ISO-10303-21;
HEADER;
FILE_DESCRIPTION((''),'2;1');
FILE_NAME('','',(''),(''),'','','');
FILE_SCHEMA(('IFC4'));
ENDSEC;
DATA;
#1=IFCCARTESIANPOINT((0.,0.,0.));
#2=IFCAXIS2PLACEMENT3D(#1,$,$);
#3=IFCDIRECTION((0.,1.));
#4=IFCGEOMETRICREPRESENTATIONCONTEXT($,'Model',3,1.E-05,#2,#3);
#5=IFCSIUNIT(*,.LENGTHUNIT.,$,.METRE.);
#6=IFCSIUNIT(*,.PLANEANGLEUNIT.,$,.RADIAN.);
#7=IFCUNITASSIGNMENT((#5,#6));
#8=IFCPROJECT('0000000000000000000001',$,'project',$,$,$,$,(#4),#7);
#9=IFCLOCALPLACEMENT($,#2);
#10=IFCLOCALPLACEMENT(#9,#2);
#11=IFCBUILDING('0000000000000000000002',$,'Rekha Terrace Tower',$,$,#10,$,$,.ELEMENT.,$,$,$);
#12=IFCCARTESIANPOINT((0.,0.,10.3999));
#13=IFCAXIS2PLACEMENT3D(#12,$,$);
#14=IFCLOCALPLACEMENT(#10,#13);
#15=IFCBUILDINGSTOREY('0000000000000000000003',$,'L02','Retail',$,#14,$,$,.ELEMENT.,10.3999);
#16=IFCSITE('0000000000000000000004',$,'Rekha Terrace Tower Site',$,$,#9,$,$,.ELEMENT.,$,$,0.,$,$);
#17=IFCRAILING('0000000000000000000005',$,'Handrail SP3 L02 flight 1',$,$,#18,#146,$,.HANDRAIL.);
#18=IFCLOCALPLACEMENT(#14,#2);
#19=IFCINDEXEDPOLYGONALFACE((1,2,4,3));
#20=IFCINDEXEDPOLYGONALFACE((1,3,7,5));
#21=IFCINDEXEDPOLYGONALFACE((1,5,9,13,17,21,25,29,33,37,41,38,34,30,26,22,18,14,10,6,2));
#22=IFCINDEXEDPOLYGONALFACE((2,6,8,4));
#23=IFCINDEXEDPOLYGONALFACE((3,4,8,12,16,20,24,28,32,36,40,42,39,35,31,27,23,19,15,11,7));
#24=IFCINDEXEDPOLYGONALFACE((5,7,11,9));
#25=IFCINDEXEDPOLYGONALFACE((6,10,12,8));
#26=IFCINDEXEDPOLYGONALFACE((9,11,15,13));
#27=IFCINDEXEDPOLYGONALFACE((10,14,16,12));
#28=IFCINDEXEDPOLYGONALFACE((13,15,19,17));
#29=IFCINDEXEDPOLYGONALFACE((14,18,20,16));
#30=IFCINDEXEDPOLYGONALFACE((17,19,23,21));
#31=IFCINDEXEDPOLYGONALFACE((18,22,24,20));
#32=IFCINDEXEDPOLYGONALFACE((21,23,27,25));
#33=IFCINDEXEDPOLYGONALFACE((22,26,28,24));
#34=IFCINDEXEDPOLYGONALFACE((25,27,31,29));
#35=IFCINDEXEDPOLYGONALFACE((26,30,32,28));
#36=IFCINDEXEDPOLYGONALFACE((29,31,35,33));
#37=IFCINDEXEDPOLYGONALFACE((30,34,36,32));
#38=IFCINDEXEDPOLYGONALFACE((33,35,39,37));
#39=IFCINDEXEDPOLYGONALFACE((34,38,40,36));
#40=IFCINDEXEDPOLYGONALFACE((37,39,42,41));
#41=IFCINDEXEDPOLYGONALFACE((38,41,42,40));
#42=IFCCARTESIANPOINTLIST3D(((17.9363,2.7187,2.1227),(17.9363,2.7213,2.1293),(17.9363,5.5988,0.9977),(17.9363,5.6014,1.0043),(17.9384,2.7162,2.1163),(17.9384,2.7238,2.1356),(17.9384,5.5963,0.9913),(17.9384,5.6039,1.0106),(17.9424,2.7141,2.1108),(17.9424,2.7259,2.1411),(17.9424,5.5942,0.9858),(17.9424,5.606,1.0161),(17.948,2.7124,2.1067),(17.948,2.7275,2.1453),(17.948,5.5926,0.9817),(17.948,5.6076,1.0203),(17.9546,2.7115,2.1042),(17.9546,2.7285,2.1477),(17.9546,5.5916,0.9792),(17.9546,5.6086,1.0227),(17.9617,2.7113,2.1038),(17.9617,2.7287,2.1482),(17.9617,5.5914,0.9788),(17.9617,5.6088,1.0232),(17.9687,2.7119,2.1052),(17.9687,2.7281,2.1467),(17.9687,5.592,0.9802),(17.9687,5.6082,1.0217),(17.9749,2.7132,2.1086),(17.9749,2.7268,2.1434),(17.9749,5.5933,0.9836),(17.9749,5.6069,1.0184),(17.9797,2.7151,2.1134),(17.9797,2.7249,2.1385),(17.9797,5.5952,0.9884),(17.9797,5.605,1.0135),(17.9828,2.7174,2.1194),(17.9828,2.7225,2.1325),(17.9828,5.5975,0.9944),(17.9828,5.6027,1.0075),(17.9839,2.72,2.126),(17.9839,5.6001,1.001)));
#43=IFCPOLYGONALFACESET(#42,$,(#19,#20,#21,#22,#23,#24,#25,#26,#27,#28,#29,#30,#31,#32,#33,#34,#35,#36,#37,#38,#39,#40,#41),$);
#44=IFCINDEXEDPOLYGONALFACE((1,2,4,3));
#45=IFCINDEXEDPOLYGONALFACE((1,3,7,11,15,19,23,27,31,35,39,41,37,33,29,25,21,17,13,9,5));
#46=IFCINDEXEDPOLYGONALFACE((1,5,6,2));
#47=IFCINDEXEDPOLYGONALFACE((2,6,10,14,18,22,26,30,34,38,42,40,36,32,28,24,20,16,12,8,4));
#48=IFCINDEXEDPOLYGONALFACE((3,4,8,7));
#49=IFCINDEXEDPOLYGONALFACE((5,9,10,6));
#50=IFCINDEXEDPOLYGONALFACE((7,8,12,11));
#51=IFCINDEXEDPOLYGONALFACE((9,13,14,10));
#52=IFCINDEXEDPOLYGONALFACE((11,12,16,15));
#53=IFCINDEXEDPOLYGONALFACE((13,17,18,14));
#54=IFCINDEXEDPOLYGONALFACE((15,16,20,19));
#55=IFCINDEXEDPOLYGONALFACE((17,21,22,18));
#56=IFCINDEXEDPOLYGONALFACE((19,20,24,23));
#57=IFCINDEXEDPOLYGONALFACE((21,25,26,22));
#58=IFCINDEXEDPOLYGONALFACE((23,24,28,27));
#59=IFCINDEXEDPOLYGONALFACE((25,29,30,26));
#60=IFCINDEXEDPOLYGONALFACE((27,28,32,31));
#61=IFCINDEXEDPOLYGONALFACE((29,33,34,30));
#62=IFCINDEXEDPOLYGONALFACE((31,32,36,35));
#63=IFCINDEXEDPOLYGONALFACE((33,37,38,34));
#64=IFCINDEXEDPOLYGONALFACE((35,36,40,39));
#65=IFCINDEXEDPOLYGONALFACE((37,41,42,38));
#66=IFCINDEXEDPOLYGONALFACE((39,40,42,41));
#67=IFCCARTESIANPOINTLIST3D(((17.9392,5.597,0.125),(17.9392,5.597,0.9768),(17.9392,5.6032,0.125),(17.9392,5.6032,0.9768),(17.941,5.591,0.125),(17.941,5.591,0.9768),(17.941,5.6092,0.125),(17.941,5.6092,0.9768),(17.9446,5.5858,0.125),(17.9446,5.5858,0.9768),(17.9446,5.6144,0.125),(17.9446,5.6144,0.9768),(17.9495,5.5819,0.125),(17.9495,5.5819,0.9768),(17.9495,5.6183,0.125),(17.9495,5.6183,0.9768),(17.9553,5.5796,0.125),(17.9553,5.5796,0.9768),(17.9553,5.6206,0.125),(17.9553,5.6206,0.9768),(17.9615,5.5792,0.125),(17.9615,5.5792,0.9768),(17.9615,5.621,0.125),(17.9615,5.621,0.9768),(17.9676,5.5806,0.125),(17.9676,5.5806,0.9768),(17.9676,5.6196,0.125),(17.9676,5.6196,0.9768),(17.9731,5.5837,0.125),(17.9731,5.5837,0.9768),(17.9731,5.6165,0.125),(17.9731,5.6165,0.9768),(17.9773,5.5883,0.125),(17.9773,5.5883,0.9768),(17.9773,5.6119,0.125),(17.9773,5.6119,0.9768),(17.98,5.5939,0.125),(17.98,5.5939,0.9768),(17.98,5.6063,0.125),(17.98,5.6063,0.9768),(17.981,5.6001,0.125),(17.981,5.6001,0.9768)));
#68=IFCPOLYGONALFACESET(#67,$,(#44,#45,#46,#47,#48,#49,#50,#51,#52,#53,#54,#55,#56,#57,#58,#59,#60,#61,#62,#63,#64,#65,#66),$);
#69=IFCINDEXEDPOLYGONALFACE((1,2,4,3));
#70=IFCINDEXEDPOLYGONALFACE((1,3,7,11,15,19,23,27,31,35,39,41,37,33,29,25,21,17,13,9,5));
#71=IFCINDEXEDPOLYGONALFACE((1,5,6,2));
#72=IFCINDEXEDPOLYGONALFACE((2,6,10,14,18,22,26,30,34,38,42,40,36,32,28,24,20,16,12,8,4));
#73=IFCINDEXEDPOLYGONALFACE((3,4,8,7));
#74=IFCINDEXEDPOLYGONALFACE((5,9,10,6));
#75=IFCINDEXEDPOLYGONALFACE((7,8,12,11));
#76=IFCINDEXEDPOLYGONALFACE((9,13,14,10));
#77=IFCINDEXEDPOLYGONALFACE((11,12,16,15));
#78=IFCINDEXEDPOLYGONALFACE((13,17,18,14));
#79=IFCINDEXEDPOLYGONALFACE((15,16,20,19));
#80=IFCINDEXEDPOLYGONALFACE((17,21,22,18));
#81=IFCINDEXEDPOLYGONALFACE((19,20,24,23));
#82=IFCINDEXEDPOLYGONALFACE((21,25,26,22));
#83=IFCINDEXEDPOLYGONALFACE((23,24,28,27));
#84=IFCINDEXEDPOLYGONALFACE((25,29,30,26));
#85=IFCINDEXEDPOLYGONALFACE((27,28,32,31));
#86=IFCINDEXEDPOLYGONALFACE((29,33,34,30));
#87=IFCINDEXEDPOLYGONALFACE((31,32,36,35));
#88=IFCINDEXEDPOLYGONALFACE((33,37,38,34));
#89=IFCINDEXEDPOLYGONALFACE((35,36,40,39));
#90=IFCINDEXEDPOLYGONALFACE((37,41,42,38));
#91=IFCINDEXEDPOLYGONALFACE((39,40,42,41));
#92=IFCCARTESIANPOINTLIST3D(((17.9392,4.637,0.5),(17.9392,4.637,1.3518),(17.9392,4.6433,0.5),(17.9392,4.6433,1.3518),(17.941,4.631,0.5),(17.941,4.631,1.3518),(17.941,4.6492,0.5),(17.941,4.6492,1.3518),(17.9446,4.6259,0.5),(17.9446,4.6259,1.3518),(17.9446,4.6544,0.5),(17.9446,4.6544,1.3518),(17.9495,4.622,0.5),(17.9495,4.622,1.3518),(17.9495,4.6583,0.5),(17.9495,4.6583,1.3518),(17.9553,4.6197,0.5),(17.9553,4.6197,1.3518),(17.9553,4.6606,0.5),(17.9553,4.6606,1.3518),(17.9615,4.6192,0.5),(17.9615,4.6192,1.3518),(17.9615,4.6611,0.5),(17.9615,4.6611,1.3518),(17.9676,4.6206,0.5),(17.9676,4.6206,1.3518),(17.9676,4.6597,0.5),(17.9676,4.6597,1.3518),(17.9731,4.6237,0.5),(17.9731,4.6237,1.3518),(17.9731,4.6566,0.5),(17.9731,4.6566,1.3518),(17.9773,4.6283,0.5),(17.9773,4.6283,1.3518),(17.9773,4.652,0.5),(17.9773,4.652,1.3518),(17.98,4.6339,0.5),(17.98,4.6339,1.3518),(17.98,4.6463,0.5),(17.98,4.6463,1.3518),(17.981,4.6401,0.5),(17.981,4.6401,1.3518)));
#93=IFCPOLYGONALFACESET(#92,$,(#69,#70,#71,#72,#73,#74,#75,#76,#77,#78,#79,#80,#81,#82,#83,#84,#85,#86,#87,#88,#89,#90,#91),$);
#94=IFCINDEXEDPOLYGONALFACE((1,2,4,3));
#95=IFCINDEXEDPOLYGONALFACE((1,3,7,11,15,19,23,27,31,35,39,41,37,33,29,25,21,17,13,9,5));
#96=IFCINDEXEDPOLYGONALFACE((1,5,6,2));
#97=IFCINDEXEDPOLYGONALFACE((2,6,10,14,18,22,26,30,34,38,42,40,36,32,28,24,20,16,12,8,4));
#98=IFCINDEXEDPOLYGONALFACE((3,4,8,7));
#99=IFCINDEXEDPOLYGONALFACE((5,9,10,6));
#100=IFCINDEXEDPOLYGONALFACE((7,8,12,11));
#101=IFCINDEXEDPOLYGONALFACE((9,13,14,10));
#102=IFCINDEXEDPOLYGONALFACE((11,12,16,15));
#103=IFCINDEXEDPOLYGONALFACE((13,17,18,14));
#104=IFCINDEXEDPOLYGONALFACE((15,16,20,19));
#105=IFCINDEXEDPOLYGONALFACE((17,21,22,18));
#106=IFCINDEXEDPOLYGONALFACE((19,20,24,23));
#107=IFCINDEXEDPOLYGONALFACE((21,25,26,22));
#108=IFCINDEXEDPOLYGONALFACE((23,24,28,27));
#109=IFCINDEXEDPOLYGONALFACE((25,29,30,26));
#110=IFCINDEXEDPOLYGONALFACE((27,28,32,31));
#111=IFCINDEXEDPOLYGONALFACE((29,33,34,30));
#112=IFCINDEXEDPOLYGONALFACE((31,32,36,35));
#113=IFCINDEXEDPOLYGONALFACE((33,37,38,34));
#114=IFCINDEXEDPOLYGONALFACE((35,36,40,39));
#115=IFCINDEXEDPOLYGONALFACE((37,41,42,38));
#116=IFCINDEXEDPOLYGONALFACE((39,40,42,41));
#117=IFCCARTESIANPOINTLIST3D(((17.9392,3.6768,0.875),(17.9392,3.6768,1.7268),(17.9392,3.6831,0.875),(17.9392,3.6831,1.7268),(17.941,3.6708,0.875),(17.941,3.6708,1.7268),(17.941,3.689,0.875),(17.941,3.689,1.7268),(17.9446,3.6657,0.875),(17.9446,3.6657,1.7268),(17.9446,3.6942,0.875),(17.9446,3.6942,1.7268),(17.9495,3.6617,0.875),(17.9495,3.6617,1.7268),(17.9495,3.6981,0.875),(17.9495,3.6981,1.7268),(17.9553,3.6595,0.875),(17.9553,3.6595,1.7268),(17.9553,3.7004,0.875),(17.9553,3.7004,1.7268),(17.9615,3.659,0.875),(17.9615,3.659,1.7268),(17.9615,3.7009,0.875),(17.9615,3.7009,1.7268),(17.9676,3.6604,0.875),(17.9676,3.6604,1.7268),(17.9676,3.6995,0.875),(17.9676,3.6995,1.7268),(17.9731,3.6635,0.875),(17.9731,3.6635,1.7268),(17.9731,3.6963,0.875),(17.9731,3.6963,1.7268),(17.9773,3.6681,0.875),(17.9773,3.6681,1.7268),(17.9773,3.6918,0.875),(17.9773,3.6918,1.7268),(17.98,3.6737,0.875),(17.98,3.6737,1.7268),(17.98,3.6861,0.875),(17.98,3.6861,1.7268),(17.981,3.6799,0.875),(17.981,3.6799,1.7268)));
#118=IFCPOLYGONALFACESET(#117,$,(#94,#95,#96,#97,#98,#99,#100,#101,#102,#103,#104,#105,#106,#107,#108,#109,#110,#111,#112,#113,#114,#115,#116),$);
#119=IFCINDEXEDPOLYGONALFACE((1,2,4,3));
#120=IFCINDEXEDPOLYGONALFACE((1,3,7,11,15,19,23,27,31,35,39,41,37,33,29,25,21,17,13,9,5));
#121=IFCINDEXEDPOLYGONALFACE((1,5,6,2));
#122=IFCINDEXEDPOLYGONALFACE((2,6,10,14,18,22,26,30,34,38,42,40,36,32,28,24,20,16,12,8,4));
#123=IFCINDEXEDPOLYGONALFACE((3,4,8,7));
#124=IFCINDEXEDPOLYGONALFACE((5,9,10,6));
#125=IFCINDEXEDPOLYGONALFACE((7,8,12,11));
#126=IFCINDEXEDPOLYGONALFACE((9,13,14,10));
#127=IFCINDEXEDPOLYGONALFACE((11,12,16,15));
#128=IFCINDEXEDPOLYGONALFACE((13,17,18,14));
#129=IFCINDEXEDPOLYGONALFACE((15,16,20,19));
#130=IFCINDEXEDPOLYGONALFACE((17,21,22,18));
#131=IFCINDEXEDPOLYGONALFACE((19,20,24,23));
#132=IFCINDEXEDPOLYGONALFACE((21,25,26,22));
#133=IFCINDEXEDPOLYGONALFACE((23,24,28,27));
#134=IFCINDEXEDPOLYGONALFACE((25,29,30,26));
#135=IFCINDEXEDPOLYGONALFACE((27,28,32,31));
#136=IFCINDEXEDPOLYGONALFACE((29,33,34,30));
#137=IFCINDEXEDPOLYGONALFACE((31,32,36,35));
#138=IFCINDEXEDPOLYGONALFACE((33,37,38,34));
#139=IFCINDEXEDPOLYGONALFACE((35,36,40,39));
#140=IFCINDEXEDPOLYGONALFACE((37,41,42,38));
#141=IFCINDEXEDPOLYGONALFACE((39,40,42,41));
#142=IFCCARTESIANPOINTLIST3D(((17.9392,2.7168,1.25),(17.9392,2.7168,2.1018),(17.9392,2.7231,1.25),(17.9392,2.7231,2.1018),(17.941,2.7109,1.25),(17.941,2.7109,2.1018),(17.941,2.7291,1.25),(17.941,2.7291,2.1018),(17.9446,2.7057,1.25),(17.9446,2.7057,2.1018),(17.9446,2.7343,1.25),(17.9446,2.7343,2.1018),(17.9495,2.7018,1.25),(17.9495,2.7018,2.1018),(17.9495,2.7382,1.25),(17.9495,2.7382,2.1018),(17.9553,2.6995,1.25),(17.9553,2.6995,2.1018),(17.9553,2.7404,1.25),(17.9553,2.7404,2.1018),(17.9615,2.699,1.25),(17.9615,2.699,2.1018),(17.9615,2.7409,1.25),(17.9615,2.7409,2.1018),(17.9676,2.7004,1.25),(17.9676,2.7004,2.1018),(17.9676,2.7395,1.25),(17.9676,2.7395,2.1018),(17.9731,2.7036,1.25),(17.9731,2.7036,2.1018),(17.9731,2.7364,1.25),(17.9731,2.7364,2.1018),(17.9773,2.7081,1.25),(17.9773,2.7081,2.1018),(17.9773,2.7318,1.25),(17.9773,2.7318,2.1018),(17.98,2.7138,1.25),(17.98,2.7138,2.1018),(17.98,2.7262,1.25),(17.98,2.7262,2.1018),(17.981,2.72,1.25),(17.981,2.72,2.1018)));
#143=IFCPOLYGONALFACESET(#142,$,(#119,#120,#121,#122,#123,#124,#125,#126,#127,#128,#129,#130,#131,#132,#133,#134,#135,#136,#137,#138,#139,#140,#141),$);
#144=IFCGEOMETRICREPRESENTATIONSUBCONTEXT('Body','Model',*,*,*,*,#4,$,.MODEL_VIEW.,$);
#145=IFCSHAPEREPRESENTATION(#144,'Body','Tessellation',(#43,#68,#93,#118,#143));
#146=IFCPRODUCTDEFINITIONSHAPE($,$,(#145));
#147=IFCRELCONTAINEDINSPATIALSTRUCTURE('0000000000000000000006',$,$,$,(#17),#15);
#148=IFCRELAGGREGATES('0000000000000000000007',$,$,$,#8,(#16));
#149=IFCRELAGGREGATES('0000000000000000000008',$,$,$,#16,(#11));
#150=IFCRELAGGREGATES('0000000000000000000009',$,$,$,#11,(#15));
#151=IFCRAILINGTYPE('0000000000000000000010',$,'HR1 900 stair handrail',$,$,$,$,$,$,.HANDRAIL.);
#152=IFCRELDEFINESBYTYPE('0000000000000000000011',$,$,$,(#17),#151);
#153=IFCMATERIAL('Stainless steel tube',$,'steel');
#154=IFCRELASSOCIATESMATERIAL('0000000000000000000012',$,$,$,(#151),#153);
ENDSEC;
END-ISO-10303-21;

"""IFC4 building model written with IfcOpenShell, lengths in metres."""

from ifc_helpers import new_model, si_unit, direction, frame, origin, origin_2d, place, context, subcontext, project, spatial, circle, extrude, material, type_object, element, save


model = new_model("IFC4")

# Units and contexts
model_context = context("Model", 3, precision=1e-05, world=origin(), true_north=direction((0.0, 1.0)))
body_context = subcontext(model_context, "Body", "Model", "MODEL_VIEW")
ifc_project = project(units=[si_unit("LENGTHUNIT", "METRE"), si_unit("PLANEANGLEUNIT", "RADIAN")], contexts=[model_context])

# Site, building, storey
site_placement = place(None, origin())
site = spatial("IfcSite", under=ifc_project, at=site_placement, Name="Rekha Terrace Tower Site", CompositionType="ELEMENT", RefElevation=0.0)
building_placement = place(site_placement, origin())
building = spatial("IfcBuilding", under=site, at=building_placement, Name="Rekha Terrace Tower", CompositionType="ELEMENT")
storey_placement = place(building_placement, frame((0.0, 0.0, 10.3999)))
storey = spatial("IfcBuildingStorey", under=building, at=storey_placement, Name="L02", Description="Retail", CompositionType="ELEMENT", Elevation=10.3999)

# Railing
ifc_material_1 = material(Name="Stainless steel tube", Category="steel")
railing_type_1 = type_object("IfcRailingType", Name="HR1 900 stair handrail", PredefinedType="HANDRAIL", material=ifc_material_1)
railing_1_placement = place(storey_placement, frame((17.96, 5.6001, 0.125)))
element("IfcRailing", 1, at=railing_1_placement, inside=storey, type_object=railing_type_1, Name="Handrail SP3 L02 flight 1", PredefinedType="HANDRAIL", context=body_context, shape_type="SweptSolid", body=[
    extrude(circle(Radius=0.0239, at=origin_2d()), frame((0.0, 0.0, 0.876), z_axis=(0.0, -0.931463, 0.363837), x_axis=(1.0, 0.0, 0.0)), (0.0, 0.0, 1.0), 3.092),
    extrude(circle(Radius=0.021, at=origin_2d()), origin(), (0.0, 0.0, 1.0), 0.8518),
    extrude(circle(Radius=0.021, at=origin_2d()), frame((0.0, -0.96, 0.375)), (0.0, 0.0, 1.0), 0.8518),
    extrude(circle(Radius=0.021, at=origin_2d()), frame((0.0, -1.9202, 0.75)), (0.0, 0.0, 1.0), 0.8518),
    extrude(circle(Radius=0.021, at=origin_2d()), frame((0.0, -2.8801, 1.125)), (0.0, 0.0, 1.0), 0.8518),
])

save(model, "model.ifc")
